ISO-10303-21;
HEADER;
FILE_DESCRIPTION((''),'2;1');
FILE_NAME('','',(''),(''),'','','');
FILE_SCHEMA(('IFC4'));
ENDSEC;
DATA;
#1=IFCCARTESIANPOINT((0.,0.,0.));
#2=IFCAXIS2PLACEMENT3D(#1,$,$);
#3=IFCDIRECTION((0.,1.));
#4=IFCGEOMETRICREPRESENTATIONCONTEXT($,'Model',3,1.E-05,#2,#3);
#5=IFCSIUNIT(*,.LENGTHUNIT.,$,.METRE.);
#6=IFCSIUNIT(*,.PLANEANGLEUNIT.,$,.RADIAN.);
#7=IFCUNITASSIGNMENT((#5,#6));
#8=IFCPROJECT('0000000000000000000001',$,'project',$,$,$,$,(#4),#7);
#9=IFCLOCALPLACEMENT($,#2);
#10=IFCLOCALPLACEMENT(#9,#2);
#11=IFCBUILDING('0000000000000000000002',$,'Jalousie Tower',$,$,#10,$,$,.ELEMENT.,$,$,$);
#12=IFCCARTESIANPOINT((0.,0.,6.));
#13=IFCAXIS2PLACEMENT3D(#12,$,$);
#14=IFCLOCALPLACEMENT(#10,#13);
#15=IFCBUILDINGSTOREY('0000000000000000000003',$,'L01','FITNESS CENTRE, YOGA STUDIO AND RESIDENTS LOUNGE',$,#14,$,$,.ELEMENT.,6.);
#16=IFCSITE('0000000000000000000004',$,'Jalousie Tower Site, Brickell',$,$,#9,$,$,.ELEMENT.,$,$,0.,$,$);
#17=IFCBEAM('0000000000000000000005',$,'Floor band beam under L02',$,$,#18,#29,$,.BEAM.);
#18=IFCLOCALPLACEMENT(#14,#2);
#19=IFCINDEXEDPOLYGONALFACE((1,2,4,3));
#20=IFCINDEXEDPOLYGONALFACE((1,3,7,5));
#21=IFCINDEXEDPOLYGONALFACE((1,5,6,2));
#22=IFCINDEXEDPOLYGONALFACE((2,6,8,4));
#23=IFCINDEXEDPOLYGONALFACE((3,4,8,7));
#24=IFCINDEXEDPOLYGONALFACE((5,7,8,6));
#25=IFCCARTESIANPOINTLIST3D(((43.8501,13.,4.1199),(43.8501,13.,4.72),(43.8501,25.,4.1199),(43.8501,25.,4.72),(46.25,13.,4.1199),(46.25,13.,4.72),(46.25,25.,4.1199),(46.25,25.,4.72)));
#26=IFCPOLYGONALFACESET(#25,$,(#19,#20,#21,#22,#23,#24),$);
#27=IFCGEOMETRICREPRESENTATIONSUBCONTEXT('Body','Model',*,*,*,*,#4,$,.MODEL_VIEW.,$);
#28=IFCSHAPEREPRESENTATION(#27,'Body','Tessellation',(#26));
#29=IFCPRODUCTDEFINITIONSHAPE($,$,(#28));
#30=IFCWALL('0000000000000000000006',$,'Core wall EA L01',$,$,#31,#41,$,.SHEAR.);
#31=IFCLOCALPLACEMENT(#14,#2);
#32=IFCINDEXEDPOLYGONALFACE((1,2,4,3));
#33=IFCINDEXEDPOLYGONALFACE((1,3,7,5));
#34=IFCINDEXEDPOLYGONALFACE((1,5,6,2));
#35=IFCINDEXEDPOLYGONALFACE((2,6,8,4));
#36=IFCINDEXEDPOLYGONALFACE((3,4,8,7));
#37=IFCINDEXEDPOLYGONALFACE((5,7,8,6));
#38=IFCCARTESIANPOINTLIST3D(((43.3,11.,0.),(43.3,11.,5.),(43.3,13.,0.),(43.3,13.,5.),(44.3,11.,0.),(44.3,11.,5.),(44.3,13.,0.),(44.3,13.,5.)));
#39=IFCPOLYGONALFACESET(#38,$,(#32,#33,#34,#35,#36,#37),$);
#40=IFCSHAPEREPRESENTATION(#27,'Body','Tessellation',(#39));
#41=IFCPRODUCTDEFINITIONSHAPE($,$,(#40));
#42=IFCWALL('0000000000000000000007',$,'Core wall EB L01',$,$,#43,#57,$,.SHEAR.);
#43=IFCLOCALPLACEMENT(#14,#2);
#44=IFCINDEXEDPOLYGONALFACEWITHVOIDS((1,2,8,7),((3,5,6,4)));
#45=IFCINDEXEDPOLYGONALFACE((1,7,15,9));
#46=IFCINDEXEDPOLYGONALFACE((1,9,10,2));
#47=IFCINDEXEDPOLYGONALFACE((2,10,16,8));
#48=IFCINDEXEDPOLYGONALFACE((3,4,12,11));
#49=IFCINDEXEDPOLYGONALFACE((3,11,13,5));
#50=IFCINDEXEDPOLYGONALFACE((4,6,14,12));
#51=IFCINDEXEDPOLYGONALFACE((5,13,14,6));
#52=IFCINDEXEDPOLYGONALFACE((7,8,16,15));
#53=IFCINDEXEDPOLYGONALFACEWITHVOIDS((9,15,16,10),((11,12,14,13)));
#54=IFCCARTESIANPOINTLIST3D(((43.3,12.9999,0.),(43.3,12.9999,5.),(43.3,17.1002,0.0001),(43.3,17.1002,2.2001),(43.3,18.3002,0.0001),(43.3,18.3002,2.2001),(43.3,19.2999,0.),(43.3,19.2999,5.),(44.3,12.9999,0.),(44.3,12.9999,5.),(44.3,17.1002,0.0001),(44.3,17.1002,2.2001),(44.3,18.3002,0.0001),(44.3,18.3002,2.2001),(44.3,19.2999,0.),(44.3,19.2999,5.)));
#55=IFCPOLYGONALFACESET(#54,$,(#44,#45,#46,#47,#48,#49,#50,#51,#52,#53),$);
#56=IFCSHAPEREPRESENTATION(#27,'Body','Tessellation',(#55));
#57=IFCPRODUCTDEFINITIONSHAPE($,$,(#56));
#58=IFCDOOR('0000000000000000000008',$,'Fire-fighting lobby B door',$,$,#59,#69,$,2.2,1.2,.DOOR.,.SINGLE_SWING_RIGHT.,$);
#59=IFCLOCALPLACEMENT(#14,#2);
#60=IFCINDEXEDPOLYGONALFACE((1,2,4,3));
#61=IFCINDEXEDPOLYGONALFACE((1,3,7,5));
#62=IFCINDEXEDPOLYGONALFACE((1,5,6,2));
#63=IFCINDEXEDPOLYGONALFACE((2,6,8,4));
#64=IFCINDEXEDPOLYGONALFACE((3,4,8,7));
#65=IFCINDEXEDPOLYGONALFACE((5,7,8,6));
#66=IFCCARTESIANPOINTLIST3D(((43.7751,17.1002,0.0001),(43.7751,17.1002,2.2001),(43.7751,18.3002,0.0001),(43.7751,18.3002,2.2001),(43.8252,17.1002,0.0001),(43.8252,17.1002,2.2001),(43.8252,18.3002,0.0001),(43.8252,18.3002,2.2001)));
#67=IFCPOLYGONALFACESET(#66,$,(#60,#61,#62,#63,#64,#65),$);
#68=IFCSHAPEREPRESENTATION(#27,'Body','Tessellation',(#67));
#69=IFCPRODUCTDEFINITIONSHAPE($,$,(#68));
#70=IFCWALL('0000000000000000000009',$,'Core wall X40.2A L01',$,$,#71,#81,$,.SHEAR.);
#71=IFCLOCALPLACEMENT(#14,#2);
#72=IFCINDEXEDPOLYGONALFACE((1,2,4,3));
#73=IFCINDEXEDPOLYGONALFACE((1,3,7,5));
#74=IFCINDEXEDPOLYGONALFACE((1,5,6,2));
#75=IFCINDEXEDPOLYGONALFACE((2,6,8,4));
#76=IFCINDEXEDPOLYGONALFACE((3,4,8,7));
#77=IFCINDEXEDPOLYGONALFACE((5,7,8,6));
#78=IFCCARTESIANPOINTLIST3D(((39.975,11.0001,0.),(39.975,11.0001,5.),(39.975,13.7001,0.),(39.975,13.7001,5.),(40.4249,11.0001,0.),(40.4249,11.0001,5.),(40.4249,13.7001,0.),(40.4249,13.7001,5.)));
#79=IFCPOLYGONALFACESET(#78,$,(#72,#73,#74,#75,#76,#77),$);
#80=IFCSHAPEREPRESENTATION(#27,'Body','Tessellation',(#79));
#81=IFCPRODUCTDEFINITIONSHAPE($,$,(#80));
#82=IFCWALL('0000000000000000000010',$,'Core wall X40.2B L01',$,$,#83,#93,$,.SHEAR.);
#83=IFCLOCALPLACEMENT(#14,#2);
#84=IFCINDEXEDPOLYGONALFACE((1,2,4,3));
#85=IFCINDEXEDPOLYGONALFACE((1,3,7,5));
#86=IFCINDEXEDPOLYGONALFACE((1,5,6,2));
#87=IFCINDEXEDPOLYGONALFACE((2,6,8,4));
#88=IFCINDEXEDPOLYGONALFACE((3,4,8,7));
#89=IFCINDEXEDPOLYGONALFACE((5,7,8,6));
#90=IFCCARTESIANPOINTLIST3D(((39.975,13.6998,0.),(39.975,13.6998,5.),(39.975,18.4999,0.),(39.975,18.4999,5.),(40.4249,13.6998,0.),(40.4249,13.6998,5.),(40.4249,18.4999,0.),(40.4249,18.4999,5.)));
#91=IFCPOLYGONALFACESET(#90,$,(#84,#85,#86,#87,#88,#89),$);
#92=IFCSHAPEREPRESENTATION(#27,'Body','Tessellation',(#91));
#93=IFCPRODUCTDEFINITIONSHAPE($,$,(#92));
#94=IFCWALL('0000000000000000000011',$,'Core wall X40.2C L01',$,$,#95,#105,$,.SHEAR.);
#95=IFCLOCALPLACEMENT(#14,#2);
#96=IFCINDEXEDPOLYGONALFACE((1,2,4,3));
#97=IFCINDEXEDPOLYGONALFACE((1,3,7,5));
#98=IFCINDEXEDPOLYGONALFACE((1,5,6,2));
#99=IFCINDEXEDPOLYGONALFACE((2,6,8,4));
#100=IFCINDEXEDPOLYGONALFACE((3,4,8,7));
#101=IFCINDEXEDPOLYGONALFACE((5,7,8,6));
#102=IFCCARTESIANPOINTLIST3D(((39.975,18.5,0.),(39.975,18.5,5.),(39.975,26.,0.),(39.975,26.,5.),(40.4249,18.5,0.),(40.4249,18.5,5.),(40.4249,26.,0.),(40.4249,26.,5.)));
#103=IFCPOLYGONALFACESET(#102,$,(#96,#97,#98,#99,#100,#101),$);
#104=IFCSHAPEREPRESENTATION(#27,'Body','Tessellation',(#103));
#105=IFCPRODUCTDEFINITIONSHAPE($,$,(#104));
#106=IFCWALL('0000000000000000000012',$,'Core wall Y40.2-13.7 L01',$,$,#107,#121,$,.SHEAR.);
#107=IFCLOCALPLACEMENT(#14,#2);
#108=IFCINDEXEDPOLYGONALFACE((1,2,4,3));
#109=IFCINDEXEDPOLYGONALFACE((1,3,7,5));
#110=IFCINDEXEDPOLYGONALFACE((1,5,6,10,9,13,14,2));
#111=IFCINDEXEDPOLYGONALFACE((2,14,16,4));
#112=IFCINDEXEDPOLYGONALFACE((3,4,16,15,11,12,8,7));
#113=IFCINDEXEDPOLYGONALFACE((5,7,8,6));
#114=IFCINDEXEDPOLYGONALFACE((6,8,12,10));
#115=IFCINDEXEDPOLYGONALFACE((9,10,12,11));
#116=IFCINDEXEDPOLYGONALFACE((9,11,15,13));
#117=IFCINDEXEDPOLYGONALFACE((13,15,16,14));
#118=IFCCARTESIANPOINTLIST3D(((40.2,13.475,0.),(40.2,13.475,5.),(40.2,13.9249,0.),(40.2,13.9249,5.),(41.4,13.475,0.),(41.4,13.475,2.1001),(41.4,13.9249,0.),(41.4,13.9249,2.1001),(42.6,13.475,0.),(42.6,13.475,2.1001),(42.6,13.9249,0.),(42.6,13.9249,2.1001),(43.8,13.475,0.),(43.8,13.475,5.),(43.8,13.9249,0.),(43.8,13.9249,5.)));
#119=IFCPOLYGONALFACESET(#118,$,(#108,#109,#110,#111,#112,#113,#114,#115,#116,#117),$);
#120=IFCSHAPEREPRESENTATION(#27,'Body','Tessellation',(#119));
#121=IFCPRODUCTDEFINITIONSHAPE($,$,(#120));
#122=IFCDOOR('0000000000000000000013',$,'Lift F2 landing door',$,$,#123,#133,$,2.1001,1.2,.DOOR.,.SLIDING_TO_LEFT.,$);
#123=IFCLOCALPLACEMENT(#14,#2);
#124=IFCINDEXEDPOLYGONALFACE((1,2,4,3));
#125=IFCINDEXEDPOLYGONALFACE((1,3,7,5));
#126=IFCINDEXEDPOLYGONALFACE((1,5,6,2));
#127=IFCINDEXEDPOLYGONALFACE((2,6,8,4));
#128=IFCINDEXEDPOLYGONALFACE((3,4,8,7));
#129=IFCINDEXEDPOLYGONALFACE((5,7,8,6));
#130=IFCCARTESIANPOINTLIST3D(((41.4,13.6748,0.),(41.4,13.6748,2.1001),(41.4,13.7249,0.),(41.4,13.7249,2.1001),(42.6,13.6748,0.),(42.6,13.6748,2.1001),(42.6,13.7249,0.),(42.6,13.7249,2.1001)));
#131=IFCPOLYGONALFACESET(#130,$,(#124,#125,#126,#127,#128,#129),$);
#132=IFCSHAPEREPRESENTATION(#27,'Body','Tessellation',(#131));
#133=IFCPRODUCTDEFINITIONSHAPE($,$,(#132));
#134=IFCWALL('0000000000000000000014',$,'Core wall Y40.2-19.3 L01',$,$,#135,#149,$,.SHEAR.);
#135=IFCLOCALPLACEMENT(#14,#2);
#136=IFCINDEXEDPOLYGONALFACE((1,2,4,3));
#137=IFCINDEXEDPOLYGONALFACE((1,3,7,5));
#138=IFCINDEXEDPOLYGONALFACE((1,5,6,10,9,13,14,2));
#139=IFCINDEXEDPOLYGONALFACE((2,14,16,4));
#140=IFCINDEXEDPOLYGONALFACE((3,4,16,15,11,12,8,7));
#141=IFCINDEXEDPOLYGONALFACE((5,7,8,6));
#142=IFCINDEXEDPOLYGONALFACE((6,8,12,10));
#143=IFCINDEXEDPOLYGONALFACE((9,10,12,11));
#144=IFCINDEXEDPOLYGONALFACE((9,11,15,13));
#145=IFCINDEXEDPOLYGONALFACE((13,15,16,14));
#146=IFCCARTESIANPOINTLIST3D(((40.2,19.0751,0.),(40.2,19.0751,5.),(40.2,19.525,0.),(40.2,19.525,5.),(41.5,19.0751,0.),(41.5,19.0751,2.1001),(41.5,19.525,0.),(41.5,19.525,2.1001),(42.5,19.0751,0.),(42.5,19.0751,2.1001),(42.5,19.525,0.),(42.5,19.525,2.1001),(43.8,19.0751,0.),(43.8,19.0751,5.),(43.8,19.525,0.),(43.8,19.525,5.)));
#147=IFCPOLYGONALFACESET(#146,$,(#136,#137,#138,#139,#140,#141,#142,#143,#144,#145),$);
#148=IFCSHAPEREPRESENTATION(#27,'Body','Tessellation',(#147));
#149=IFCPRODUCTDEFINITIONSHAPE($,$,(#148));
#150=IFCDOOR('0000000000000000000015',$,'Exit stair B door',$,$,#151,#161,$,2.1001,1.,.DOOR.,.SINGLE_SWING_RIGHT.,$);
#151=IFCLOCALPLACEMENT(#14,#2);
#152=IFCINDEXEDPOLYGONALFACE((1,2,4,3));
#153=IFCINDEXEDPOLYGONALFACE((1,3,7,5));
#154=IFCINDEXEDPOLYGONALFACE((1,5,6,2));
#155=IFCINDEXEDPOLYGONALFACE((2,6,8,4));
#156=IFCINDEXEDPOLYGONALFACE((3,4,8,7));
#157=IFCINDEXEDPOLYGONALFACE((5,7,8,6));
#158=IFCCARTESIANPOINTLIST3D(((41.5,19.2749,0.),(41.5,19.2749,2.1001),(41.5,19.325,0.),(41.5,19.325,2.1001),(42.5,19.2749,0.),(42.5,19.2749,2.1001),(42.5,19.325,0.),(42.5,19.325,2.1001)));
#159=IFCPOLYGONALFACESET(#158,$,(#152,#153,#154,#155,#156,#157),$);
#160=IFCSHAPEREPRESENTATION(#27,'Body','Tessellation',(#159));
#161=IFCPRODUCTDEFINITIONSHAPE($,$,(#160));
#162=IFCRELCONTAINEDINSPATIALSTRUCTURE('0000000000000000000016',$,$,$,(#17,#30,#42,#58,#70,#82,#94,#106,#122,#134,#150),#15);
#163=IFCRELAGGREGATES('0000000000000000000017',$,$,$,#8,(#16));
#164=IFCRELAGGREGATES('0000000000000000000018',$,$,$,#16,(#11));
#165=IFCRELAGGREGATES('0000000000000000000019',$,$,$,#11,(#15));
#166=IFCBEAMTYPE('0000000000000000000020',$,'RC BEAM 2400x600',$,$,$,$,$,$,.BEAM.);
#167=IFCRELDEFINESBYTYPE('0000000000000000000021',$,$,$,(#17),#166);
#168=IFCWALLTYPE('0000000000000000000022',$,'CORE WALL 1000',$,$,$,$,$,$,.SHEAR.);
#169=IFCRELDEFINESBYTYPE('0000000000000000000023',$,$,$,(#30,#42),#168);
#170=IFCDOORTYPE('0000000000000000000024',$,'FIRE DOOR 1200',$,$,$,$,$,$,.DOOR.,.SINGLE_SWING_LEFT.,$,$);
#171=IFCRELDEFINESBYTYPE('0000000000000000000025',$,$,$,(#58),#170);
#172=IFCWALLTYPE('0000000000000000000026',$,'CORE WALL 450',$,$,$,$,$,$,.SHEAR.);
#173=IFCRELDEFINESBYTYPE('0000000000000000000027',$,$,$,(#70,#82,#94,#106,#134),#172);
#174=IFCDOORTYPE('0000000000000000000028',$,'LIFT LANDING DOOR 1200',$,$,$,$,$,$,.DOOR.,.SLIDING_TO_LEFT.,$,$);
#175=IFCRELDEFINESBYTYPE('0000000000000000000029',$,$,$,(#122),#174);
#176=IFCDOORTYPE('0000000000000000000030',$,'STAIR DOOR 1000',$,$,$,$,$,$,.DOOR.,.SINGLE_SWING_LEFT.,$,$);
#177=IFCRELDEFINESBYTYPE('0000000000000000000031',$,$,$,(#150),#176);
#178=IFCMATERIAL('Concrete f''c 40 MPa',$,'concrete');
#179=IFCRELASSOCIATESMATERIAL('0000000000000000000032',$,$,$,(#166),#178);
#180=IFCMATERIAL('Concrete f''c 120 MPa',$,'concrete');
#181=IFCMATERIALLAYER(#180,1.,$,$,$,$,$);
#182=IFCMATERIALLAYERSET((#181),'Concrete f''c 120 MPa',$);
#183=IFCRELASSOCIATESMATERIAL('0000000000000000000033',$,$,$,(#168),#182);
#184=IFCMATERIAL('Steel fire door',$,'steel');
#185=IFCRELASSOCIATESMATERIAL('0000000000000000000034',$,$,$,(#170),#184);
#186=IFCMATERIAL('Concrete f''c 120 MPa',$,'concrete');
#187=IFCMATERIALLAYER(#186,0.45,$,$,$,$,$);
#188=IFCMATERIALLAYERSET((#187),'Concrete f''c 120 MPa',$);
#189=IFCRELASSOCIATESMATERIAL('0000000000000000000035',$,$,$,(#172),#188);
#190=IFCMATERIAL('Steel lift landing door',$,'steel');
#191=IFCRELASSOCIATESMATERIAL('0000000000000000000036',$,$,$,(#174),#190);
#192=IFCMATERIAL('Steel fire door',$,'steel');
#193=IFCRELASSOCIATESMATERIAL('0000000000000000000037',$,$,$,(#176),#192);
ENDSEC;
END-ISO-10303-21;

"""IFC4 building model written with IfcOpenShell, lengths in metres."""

from ifc_helpers import new_model, si_unit, direction, frame, frame_2d, origin, origin_2d, place, context, subcontext, project, spatial, rectangle, extrude, material, layer, layer_set, material_profile, profile_set, type_object, element, fill, save


model = new_model("IFC4")

# Units and contexts
model_context = context("Model", 3, precision=1e-05, world=origin(), true_north=direction((0.0, 1.0)))
body_context = subcontext(model_context, "Body", "Model", "MODEL_VIEW")
ifc_project = project(units=[si_unit("LENGTHUNIT", "METRE"), si_unit("PLANEANGLEUNIT", "RADIAN")], contexts=[model_context])

# Site, building, storey
site_placement = place(None, origin())
site = spatial("IfcSite", under=ifc_project, at=site_placement, Name="Jalousie Tower Site, Brickell", CompositionType="ELEMENT", RefElevation=0.0)
building_placement = place(site_placement, origin())
building = spatial("IfcBuilding", under=site, at=building_placement, Name="Jalousie Tower", CompositionType="ELEMENT")
storey_placement = place(building_placement, frame((0.0, 0.0, 6.0)))
storey = spatial("IfcBuildingStorey", under=building, at=storey_placement, Name="L01", Description="FITNESS CENTRE, YOGA STUDIO AND RESIDENTS LOUNGE", CompositionType="ELEMENT", Elevation=6.0)

# Beam
ifc_material_1 = material(Name="Concrete f'c 40 MPa", Category="concrete")
ifc_material_profile = material_profile(ifc_material_1, rectangle(XDim=2.3999, YDim=0.6001, at=origin_2d()), Name="RC 2400x600")
ifc_profile_set = profile_set([ifc_material_profile], Name="Concrete f'c 40 MPa")
beam_type = type_object("IfcBeamType", Name="RC BEAM 2400x600", PredefinedType="BEAM", material=ifc_profile_set)
beam_placement = place(storey_placement, frame((45.05, 13.0, 4.4199), z_axis=(0.0, 1.0, 0.0), x_axis=(-1.0, 0.0, 0.0)))
element("IfcBeam", 1, at=beam_placement, inside=storey, type_object=beam_type, Name="Floor band beam under L02", PredefinedType="BEAM", context=body_context, shape_type="SweptSolid", body=[
    extrude(rectangle(XDim=2.3999, YDim=0.6001, at=origin_2d()), origin(), (0.0, 0.0, 1.0), 12.0),
])

# Wall
ifc_material_2 = material(Name="Concrete f'c 120 MPa", Category="concrete")
ifc_layer_1 = layer(ifc_material_2, 1.0)
ifc_layer_set_1 = layer_set([ifc_layer_1], Name="Concrete f'c 120 MPa")
wall_type_1 = type_object("IfcWallType", Name="CORE WALL 1000", PredefinedType="SHEAR", material=ifc_layer_set_1)
wall_1_placement = place(storey_placement, frame((43.8, 11.0, 0.0), z_axis=(0.0, 0.0, 1.0), x_axis=(0.0, 1.0, 0.0)))
element("IfcWall", 2, at=wall_1_placement, inside=storey, type_object=wall_type_1, Name="Core wall EA L01", PredefinedType="SHEAR", context=body_context, shape_type="SweptSolid", body=[
    extrude(rectangle(XDim=2.0, YDim=1.0, at=frame_2d((1.0, 0.0))), origin(), (0.0, 0.0, 1.0), 5.0),
])

# Wall, opening, door
wall_2_placement = place(storey_placement, frame((43.8, 13.0, 0.0), z_axis=(0.0, 0.0, 1.0), x_axis=(0.0, 1.0, 0.0)))
wall_2 = element("IfcWall", 3, at=wall_2_placement, inside=storey, type_object=wall_type_1, Name="Core wall EB L01", PredefinedType="SHEAR", context=body_context, shape_type="SweptSolid", body=[
    extrude(rectangle(XDim=6.3, YDim=1.0, at=frame_2d((3.1499, 0.0))), origin(), (0.0, 0.0, 1.0), 5.0),
])
opening_1_placement = place(wall_2_placement, frame((4.1001, 0.0, 0.0)))
opening_1 = element("IfcOpeningElement", 4, at=opening_1_placement, cuts=wall_2, PredefinedType="OPENING", context=body_context, shape_type="SweptSolid", body=[
    extrude(rectangle(XDim=1.2, YDim=2.2, at=frame_2d((0.6001, 1.1001))), frame((0.0, 0.51, 0.0), z_axis=(0.0, -1.0, 0.0), x_axis=(1.0, 0.0, 0.0)), (0.0, 0.0, 1.0), 1.02),
])
ifc_material_3 = material(Name="Steel fire door", Category="steel")
door_type_1 = type_object("IfcDoorType", Name="FIRE DOOR 1200", OperationType="SINGLE_SWING_LEFT", PredefinedType="DOOR", material=ifc_material_3)
door_1_placement = place(opening_1_placement, origin())
door_1 = element("IfcDoor", 5, at=door_1_placement, inside=storey, type_object=door_type_1, Name="Fire-fighting lobby B door", OperationType="SINGLE_SWING_RIGHT", OverallHeight=2.2, OverallWidth=1.2, PredefinedType="DOOR", context=body_context, shape_type="SweptSolid", body=[
    extrude(rectangle(XDim=1.2, YDim=2.2, at=frame_2d((0.6001, 1.1001))), frame((0.0, 0.0249, 0.0), z_axis=(0.0, -1.0, 0.0), x_axis=(1.0, 0.0, 0.0)), (0.0, 0.0, 1.0), 0.05),
])
fill(opening_1, door_1)

# Walls
ifc_material_4 = material(Name="Concrete f'c 120 MPa", Category="concrete")
ifc_layer_2 = layer(ifc_material_4, 0.45)
ifc_layer_set_2 = layer_set([ifc_layer_2], Name="Concrete f'c 120 MPa")
wall_type_2 = type_object("IfcWallType", Name="CORE WALL 450", PredefinedType="SHEAR", material=ifc_layer_set_2)
wall_3_placement = place(storey_placement, frame((40.2, 11.0, 0.0), z_axis=(0.0, 0.0, 1.0), x_axis=(0.0, 1.0, 0.0)))
element("IfcWall", 6, at=wall_3_placement, inside=storey, type_object=wall_type_2, Name="Core wall X40.2A L01", PredefinedType="SHEAR", context=body_context, shape_type="SweptSolid", body=[
    extrude(rectangle(XDim=2.7, YDim=0.45, at=frame_2d((1.3501, 0.0))), origin(), (0.0, 0.0, 1.0), 5.0),
])
wall_4_placement = place(storey_placement, frame((40.2, 13.7, 0.0), z_axis=(0.0, 0.0, 1.0), x_axis=(0.0, 1.0, 0.0)))
element("IfcWall", 7, at=wall_4_placement, inside=storey, type_object=wall_type_2, Name="Core wall X40.2B L01", PredefinedType="SHEAR", context=body_context, shape_type="SweptSolid", body=[
    extrude(rectangle(XDim=4.8, YDim=0.45, at=frame_2d((2.3999, 0.0))), origin(), (0.0, 0.0, 1.0), 5.0),
])
wall_5_placement = place(storey_placement, frame((40.2, 18.5, 0.0), z_axis=(0.0, 0.0, 1.0), x_axis=(0.0, 1.0, 0.0)))
element("IfcWall", 8, at=wall_5_placement, inside=storey, type_object=wall_type_2, Name="Core wall X40.2C L01", PredefinedType="SHEAR", context=body_context, shape_type="SweptSolid", body=[
    extrude(rectangle(XDim=7.5, YDim=0.45, at=frame_2d((3.75, 0.0))), origin(), (0.0, 0.0, 1.0), 5.0),
])

# Walls, openings, doors
wall_6_placement = place(storey_placement, frame((40.2, 13.7, 0.0), z_axis=(0.0, 0.0, 1.0), x_axis=(1.0, 0.0, 0.0)))
wall_6 = element("IfcWall", 9, at=wall_6_placement, inside=storey, type_object=wall_type_2, Name="Core wall Y40.2-13.7 L01", PredefinedType="SHEAR", context=body_context, shape_type="SweptSolid", body=[
    extrude(rectangle(XDim=3.6001, YDim=0.45, at=frame_2d((1.8, 0.0))), origin(), (0.0, 0.0, 1.0), 5.0),
])
opening_2_placement = place(wall_6_placement, frame((1.2, 0.0, 0.0)))
opening_2 = element("IfcOpeningElement", 10, at=opening_2_placement, cuts=wall_6, PredefinedType="OPENING", context=body_context, shape_type="SweptSolid", body=[
    extrude(rectangle(XDim=1.2, YDim=2.1001, at=frame_2d((0.6001, 1.05))), frame((0.0, 0.2349, 0.0), z_axis=(0.0, -1.0, 0.0), x_axis=(1.0, 0.0, 0.0)), (0.0, 0.0, 1.0), 0.47),
])
ifc_material_5 = material(Name="Steel lift landing door", Category="steel")
door_type_2 = type_object("IfcDoorType", Name="LIFT LANDING DOOR 1200", OperationType="SLIDING_TO_LEFT", PredefinedType="DOOR", material=ifc_material_5)
door_2_placement = place(opening_2_placement, origin())
door_2 = element("IfcDoor", 11, at=door_2_placement, inside=storey, type_object=door_type_2, Name="Lift F2 landing door", OperationType="SLIDING_TO_LEFT", OverallHeight=2.1001, OverallWidth=1.2, PredefinedType="DOOR", context=body_context, shape_type="SweptSolid", body=[
    extrude(rectangle(XDim=1.2, YDim=2.1001, at=frame_2d((0.6001, 1.05))), frame((0.0, 0.0249, 0.0), z_axis=(0.0, -1.0, 0.0), x_axis=(1.0, 0.0, 0.0)), (0.0, 0.0, 1.0), 0.05),
])
fill(opening_2, door_2)
wall_7_placement = place(storey_placement, frame((40.2, 19.3, 0.0), z_axis=(0.0, 0.0, 1.0), x_axis=(1.0, 0.0, 0.0)))
wall_7 = element("IfcWall", 12, at=wall_7_placement, inside=storey, type_object=wall_type_2, Name="Core wall Y40.2-19.3 L01", PredefinedType="SHEAR", context=body_context, shape_type="SweptSolid", body=[
    extrude(rectangle(XDim=3.6001, YDim=0.45, at=frame_2d((1.8, 0.0))), origin(), (0.0, 0.0, 1.0), 5.0),
])
opening_3_placement = place(wall_7_placement, frame((1.3, 0.0, 0.0)))
opening_3 = element("IfcOpeningElement", 13, at=opening_3_placement, cuts=wall_7, PredefinedType="OPENING", context=body_context, shape_type="SweptSolid", body=[
    extrude(rectangle(XDim=1.0, YDim=2.1001, at=frame_2d((0.5, 1.05))), frame((0.0, 0.2349, 0.0), z_axis=(0.0, -1.0, 0.0), x_axis=(1.0, 0.0, 0.0)), (0.0, 0.0, 1.0), 0.47),
])
ifc_material_6 = material(Name="Steel fire door", Category="steel")
door_type_3 = type_object("IfcDoorType", Name="STAIR DOOR 1000", OperationType="SINGLE_SWING_LEFT", PredefinedType="DOOR", material=ifc_material_6)
door_3_placement = place(opening_3_placement, origin())
door_3 = element("IfcDoor", 14, at=door_3_placement, inside=storey, type_object=door_type_3, Name="Exit stair B door", OperationType="SINGLE_SWING_RIGHT", OverallHeight=2.1001, OverallWidth=1.0, PredefinedType="DOOR", context=body_context, shape_type="SweptSolid", body=[
    extrude(rectangle(XDim=1.0, YDim=2.1001, at=frame_2d((0.5, 1.05))), frame((0.0, 0.0249, 0.0), z_axis=(0.0, -1.0, 0.0), x_axis=(1.0, 0.0, 0.0)), (0.0, 0.0, 1.0), 0.05),
])
fill(opening_3, door_3)

save(model, "model.ifc")
